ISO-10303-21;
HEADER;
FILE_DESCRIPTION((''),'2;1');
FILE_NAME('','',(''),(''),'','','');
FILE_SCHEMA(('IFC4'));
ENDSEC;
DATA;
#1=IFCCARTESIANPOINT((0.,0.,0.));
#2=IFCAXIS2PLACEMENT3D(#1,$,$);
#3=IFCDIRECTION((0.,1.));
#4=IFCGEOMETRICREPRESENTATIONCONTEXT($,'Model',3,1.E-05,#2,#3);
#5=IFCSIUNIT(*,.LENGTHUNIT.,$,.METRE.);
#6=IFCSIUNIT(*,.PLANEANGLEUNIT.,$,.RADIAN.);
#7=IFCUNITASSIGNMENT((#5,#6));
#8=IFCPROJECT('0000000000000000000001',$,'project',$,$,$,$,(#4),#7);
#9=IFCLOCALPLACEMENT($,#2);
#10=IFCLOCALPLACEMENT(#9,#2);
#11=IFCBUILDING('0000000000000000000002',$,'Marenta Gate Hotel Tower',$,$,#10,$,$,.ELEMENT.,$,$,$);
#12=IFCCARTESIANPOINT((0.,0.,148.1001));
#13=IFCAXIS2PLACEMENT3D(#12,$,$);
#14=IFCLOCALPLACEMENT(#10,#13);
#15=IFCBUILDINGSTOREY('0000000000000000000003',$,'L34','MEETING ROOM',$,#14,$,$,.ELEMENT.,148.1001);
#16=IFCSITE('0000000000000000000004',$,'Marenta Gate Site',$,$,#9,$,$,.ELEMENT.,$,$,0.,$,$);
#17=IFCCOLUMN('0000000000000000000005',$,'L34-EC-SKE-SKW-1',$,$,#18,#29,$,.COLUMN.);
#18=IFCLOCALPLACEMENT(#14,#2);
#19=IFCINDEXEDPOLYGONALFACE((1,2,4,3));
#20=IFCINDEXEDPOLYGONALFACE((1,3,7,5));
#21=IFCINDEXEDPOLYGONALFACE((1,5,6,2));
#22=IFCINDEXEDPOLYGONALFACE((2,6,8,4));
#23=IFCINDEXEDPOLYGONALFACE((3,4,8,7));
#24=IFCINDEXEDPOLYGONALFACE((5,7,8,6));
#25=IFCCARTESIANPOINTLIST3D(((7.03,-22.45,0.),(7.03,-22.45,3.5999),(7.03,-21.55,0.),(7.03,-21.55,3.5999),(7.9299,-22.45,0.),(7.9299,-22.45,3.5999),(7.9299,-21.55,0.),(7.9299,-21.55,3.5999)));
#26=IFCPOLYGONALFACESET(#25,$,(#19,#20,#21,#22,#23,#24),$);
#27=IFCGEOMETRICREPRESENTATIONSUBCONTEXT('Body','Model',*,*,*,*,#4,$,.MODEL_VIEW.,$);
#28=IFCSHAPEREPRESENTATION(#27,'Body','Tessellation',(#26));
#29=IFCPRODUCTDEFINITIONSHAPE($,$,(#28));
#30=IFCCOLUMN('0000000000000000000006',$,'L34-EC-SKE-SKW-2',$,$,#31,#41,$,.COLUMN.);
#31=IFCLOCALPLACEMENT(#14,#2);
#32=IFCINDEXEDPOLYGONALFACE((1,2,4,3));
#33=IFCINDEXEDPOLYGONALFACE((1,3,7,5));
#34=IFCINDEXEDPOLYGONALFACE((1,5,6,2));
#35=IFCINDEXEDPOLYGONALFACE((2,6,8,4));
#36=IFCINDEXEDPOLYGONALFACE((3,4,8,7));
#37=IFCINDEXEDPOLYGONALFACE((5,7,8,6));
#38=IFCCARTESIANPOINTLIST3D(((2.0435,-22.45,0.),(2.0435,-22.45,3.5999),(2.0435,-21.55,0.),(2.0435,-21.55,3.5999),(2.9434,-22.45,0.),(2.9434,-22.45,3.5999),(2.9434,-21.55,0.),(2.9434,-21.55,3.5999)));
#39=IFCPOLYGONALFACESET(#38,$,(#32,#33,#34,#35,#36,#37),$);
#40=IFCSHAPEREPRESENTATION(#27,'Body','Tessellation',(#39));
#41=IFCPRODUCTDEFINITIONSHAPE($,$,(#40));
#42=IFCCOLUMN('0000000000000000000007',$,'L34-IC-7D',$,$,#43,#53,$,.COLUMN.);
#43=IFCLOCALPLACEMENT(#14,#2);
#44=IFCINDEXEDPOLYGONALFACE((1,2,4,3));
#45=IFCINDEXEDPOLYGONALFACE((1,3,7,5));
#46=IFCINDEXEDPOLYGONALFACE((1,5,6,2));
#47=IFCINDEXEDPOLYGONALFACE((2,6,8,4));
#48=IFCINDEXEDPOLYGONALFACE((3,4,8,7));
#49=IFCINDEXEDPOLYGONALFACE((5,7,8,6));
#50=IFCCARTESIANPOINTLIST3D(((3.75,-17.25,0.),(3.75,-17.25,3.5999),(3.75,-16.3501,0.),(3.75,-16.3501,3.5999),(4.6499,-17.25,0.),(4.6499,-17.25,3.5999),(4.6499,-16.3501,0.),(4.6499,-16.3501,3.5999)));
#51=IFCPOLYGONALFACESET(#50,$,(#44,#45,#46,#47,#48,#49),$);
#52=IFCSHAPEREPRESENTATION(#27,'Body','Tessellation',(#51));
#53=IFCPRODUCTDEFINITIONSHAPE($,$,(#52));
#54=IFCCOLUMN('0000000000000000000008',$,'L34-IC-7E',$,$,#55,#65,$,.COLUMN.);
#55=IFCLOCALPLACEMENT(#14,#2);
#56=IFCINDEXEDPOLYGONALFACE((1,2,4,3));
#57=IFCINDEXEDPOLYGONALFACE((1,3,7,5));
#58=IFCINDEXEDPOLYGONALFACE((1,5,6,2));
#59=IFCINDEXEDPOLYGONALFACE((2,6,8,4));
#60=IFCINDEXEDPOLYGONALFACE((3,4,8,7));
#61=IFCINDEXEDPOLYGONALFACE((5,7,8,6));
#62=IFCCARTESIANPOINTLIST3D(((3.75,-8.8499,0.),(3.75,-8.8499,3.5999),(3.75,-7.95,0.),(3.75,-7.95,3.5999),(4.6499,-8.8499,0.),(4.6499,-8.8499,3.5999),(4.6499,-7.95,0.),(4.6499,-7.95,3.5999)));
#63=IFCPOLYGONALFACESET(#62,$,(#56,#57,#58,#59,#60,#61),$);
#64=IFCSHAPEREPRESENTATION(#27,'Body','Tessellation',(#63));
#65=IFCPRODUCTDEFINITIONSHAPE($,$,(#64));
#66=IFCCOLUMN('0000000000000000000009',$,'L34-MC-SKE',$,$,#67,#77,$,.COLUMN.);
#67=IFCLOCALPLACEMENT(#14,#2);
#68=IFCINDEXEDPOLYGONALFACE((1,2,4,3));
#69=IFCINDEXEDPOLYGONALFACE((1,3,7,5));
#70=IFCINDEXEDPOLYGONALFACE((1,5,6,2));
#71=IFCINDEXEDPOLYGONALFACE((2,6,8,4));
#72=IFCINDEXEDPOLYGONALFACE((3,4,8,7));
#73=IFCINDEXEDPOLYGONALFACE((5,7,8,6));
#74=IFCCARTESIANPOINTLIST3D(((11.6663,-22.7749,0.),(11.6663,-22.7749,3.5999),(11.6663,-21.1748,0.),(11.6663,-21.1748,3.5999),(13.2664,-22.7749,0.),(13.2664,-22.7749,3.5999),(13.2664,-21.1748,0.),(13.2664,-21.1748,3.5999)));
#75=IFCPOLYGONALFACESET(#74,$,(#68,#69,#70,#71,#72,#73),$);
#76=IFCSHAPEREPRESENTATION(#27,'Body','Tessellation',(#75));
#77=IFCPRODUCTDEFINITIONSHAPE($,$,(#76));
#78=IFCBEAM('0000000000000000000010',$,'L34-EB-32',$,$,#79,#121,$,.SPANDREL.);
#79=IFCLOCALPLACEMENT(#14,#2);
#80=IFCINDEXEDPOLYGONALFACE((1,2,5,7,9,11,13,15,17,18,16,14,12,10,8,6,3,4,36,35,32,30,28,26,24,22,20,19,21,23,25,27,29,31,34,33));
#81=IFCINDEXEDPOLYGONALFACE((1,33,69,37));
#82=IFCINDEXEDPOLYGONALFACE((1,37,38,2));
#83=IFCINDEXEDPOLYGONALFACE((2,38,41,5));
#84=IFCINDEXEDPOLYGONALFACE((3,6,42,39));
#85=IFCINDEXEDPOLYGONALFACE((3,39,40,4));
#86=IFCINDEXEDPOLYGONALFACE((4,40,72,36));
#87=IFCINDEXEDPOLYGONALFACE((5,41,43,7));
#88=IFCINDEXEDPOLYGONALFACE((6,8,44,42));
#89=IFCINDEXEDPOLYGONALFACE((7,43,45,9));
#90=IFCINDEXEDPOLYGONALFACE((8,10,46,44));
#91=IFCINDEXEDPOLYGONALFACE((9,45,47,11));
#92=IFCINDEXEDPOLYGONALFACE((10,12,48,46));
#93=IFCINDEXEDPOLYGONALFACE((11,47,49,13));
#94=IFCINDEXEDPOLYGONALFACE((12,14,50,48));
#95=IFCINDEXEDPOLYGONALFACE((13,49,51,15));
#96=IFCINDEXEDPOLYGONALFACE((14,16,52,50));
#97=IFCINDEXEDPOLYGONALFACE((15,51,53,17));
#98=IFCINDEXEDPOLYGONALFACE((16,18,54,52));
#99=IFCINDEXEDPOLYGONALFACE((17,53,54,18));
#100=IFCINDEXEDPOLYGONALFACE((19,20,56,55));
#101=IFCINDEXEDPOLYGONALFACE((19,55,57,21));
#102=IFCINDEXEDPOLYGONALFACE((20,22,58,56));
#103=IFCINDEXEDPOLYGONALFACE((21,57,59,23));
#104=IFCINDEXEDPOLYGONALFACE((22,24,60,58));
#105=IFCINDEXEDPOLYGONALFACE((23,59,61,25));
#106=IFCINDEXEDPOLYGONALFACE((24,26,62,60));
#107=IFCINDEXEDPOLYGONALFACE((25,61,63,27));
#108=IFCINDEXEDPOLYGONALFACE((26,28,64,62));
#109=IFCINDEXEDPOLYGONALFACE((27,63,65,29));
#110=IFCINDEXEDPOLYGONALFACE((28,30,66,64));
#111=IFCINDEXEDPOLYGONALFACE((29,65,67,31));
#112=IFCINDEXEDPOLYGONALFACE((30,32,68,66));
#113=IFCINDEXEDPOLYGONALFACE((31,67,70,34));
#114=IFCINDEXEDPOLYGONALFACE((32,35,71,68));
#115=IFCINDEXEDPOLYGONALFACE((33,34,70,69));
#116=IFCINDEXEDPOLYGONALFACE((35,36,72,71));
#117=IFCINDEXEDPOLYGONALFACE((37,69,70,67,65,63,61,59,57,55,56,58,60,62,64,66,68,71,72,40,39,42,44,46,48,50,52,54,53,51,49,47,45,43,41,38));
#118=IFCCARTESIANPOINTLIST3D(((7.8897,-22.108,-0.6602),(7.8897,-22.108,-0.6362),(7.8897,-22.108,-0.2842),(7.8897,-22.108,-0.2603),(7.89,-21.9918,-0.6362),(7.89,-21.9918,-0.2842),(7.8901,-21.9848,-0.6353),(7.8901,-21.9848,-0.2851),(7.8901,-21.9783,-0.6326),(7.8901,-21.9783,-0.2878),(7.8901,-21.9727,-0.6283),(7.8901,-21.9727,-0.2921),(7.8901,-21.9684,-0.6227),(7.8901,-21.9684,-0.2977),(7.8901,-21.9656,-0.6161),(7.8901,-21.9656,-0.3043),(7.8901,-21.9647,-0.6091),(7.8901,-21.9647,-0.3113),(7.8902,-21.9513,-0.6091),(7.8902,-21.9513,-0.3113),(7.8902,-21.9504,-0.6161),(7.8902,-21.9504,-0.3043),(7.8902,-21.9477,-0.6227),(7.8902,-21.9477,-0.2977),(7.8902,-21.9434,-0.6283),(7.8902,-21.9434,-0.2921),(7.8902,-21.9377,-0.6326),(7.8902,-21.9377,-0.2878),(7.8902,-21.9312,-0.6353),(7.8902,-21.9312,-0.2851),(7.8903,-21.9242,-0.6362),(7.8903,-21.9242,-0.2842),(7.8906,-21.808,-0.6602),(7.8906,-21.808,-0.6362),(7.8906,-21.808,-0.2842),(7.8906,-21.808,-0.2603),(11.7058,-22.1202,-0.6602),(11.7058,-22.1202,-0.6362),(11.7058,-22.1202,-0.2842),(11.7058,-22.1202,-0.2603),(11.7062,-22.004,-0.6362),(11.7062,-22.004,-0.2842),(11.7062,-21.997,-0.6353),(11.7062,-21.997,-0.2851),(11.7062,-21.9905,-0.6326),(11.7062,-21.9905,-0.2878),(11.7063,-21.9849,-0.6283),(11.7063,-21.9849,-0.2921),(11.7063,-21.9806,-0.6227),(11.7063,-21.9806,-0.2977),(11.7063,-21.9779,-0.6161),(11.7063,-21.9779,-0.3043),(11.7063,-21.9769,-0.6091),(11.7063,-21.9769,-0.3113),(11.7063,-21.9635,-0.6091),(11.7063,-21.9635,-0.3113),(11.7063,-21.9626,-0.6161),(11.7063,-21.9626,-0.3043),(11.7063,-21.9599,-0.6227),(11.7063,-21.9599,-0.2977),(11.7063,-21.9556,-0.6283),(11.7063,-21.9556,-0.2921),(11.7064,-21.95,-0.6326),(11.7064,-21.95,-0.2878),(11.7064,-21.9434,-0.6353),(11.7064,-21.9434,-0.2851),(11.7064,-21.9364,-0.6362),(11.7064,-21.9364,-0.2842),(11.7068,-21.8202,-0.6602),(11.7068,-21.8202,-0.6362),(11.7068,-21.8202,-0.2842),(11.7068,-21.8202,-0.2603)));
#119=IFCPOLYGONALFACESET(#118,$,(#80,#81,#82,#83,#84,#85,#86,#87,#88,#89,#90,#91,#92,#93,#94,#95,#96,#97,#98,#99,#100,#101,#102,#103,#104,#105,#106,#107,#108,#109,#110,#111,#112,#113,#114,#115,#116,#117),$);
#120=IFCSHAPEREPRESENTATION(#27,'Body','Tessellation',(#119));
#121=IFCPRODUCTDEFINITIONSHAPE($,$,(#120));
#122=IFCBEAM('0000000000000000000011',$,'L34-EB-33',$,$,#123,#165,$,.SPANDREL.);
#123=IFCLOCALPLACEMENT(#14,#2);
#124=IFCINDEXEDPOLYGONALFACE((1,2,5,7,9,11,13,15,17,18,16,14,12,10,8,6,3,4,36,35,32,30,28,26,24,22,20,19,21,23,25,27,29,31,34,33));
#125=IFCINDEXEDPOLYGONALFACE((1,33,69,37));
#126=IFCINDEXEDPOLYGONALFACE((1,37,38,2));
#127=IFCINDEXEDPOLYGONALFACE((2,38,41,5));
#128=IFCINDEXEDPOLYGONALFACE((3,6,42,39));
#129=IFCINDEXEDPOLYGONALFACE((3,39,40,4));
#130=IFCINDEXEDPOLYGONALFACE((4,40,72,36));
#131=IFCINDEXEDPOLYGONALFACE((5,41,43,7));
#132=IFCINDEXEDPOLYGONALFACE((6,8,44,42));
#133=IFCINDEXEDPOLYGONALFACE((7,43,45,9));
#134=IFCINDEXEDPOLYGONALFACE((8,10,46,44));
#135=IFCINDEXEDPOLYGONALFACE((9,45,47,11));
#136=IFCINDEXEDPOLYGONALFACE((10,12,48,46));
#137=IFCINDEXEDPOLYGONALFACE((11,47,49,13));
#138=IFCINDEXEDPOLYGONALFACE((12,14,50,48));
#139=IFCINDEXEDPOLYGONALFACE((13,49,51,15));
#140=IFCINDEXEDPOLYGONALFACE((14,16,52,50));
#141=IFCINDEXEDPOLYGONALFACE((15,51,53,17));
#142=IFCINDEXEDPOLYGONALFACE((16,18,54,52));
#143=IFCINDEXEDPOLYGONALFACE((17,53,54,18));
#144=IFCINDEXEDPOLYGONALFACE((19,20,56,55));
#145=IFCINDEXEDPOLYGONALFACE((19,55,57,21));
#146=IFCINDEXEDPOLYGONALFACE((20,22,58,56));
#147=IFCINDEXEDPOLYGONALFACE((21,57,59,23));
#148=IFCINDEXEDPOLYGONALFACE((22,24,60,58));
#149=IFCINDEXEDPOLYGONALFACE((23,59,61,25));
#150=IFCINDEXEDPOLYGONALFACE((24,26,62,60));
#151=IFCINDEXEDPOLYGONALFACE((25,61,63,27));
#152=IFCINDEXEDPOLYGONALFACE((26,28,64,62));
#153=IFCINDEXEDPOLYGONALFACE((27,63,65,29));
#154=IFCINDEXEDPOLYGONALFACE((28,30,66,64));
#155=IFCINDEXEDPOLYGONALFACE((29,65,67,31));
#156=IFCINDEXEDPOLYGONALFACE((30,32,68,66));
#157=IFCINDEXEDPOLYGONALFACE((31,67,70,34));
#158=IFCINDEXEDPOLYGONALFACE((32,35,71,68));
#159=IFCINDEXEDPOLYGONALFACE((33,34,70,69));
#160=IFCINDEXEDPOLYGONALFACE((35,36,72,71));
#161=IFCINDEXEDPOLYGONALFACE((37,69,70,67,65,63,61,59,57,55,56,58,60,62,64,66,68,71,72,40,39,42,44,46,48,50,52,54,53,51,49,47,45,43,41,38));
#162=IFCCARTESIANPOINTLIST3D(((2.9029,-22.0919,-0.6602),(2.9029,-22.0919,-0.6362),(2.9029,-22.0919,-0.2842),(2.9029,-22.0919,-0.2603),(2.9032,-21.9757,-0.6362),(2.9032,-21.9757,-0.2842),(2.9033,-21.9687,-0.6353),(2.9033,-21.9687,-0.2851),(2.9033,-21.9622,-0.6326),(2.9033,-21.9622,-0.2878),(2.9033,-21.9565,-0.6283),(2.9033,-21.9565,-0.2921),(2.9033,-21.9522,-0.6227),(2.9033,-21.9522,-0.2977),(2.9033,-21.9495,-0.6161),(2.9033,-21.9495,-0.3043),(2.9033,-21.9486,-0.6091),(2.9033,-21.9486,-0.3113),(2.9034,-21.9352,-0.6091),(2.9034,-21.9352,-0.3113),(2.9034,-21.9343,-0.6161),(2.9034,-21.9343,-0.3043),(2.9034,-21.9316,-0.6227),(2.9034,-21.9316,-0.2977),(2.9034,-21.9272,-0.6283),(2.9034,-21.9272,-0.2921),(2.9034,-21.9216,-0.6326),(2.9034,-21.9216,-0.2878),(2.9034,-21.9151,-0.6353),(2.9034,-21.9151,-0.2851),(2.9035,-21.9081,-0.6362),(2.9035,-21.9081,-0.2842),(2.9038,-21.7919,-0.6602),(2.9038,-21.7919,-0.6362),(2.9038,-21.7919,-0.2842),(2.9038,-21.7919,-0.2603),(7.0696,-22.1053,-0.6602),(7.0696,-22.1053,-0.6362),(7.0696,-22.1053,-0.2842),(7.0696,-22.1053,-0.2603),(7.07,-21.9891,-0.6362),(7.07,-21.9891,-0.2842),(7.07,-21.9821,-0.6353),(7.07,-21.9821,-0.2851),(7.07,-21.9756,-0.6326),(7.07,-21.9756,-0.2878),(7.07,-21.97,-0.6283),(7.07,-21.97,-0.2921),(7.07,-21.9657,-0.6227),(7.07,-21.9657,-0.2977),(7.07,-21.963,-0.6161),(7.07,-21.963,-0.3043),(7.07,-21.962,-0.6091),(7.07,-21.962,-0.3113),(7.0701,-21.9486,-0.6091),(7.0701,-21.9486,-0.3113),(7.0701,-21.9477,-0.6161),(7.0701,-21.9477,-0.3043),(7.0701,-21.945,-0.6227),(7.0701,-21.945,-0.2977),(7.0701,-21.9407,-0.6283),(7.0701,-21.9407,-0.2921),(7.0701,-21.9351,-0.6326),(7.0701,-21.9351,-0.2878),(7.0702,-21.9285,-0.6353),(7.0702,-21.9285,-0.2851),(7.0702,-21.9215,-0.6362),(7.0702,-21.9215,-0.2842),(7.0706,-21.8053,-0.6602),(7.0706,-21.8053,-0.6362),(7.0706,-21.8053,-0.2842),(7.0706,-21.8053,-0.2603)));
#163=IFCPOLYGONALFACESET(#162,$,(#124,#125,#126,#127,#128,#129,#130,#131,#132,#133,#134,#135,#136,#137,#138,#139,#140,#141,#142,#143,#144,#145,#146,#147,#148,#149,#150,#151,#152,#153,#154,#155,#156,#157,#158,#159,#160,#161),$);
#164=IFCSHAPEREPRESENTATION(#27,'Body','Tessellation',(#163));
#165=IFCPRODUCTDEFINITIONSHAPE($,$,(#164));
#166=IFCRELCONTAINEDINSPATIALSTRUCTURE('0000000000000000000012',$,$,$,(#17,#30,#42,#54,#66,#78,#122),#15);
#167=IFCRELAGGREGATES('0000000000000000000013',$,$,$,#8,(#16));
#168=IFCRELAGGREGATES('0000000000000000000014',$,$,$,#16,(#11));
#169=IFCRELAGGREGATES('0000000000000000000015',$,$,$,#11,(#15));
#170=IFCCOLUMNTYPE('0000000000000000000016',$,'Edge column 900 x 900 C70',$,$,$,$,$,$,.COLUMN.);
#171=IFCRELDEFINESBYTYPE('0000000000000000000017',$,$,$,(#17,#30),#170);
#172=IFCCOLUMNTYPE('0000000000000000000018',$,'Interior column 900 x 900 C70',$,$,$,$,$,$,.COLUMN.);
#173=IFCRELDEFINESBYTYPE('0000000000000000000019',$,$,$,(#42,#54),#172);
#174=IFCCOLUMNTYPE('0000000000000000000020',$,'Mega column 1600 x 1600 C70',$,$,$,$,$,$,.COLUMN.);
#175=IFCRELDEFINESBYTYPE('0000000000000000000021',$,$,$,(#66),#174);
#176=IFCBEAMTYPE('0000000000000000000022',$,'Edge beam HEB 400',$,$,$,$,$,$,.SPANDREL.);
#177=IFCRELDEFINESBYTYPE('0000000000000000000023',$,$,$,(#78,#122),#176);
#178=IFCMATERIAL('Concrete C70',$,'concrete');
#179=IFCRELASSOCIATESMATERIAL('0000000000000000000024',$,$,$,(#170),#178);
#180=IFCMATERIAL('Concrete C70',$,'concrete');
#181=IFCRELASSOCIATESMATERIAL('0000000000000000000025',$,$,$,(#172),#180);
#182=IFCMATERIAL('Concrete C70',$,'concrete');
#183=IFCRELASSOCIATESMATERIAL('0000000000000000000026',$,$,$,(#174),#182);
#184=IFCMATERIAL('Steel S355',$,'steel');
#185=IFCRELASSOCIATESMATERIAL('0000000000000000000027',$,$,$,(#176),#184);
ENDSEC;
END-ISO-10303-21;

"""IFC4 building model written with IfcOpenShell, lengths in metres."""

from ifc_helpers import new_model, si_unit, direction, frame, origin, origin_2d, place, context, subcontext, project, spatial, rectangle, i_section, extrude, material, material_profile, profile_set, type_object, element, save


model = new_model("IFC4")

# Units and contexts
model_context = context("Model", 3, precision=1e-05, world=origin(), true_north=direction((0.0, 1.0)))
body_context = subcontext(model_context, "Body", "Model", "MODEL_VIEW")
ifc_project = project(units=[si_unit("LENGTHUNIT", "METRE"), si_unit("PLANEANGLEUNIT", "RADIAN")], contexts=[model_context])

# Site, building, storey
site_placement = place(None, origin())
site = spatial("IfcSite", under=ifc_project, at=site_placement, Name="Marenta Gate Site", CompositionType="ELEMENT", RefElevation=0.0)
building_placement = place(site_placement, origin())
building = spatial("IfcBuilding", under=site, at=building_placement, Name="Marenta Gate Hotel Tower", CompositionType="ELEMENT")
storey_placement = place(building_placement, frame((0.0, 0.0, 148.1001)))
storey = spatial("IfcBuildingStorey", under=building, at=storey_placement, Name="L34", Description="MEETING ROOM", CompositionType="ELEMENT", Elevation=148.1001)

# Columns
ifc_material_1 = material(Name="Concrete C70", Category="concrete")
ifc_material_profile_1 = material_profile(ifc_material_1, rectangle(XDim=0.8999, YDim=0.8999, at=origin_2d()), Name="900 x 900")
ifc_profile_set_1 = profile_set([ifc_material_profile_1], Name="Concrete C70")
column_type_1 = type_object("IfcColumnType", Name="Edge column 900 x 900 C70", PredefinedType="COLUMN", material=ifc_profile_set_1)
for number, where, z_axis, x_axis, name in (
    (1, (7.48, -22.0, 0.0), (0.0, 0.0, 1.0), (1.0, 0.0, 0.0), "L34-EC-SKE-SKW-1"),
    (2, (2.4934, -22.0, 0.0), (0.0, 0.0, 1.0), (1.0, 0.0, 0.0), "L34-EC-SKE-SKW-2"),
):
    element("IfcColumn", number, at=place(storey_placement, frame(where, z_axis=z_axis, x_axis=x_axis)), inside=storey, type_object=column_type_1, Name=name, PredefinedType="COLUMN", context=body_context, shape_type="SweptSolid", body=[
        extrude(rectangle(XDim=0.8999, YDim=0.8999, at=origin_2d()), origin(), (0.0, 0.0, 1.0), 3.5999),
    ])
ifc_material_2 = material(Name="Concrete C70", Category="concrete")
ifc_material_profile_2 = material_profile(ifc_material_2, rectangle(XDim=0.8999, YDim=0.8999, at=origin_2d()), Name="900 x 900")
ifc_profile_set_2 = profile_set([ifc_material_profile_2], Name="Concrete C70")
column_type_2 = type_object("IfcColumnType", Name="Interior column 900 x 900 C70", PredefinedType="COLUMN", material=ifc_profile_set_2)
for number, where, z_axis, x_axis, name in (
    (3, (4.2, -16.8, 0.0), (0.0, 0.0, 1.0), (1.0, 0.0, 0.0), "L34-IC-7D"),
    (4, (4.2, -8.3999, 0.0), (0.0, 0.0, 1.0), (1.0, 0.0, 0.0), "L34-IC-7E"),
):
    element("IfcColumn", number, at=place(storey_placement, frame(where, z_axis=z_axis, x_axis=x_axis)), inside=storey, type_object=column_type_2, Name=name, PredefinedType="COLUMN", context=body_context, shape_type="SweptSolid", body=[
        extrude(rectangle(XDim=0.8999, YDim=0.8999, at=origin_2d()), origin(), (0.0, 0.0, 1.0), 3.5999),
    ])
ifc_material_3 = material(Name="Concrete C70", Category="concrete")
ifc_material_profile_3 = material_profile(ifc_material_3, rectangle(XDim=1.6001, YDim=1.6001, at=origin_2d()), Name="1600 x 1600")
ifc_profile_set_3 = profile_set([ifc_material_profile_3], Name="Concrete C70")
column_type_3 = type_object("IfcColumnType", Name="Mega column 1600 x 1600 C70", PredefinedType="COLUMN", material=ifc_profile_set_3)
column_placement = place(storey_placement, frame((12.4663, -21.9749, 0.0), z_axis=(0.0, 0.0, 1.0), x_axis=(1.0, 0.0, 0.0)))
element("IfcColumn", 5, at=column_placement, inside=storey, type_object=column_type_3, Name="L34-MC-SKE", PredefinedType="COLUMN", context=body_context, shape_type="SweptSolid", body=[
    extrude(rectangle(XDim=1.6001, YDim=1.6001, at=origin_2d()), origin(), (0.0, 0.0, 1.0), 3.5999),
])

# Beams
ifc_material_4 = material(Name="Steel S355", Category="steel")
ifc_material_profile_4 = material_profile(ifc_material_4, i_section(OverallWidth=0.3, OverallDepth=0.3999, WebThickness=0.0134, FlangeThickness=0.0239, FilletRadius=0.0271, at=origin_2d()), Name="HEB 400")
ifc_profile_set_4 = profile_set([ifc_material_profile_4], Name="Steel S355")
beam_type_1 = type_object("IfcBeamType", Name="Edge beam HEB 400", PredefinedType="SPANDREL", material=ifc_profile_set_4)
beam_1_placement = place(storey_placement, frame((11.7063, -21.9702, -0.4602), z_axis=(-0.999995, 0.003199, 0.0), x_axis=(-0.003199, -0.999995, 0.0)))
element("IfcBeam", 6, at=beam_1_placement, inside=storey, type_object=beam_type_1, Name="L34-EB-32", PredefinedType="SPANDREL", context=body_context, shape_type="SweptSolid", body=[
    extrude(i_section(OverallWidth=0.3, OverallDepth=0.3999, WebThickness=0.0134, FlangeThickness=0.0239, FilletRadius=0.0271, at=origin_2d()), origin(), (0.0, 0.0, 1.0), 3.8162),
])
beam_2_placement = place(storey_placement, frame((7.0701, -21.9553, -0.4602), z_axis=(-0.999995, 0.003223, 0.0), x_axis=(-0.003223, -0.999995, 0.0)))
element("IfcBeam", 7, at=beam_2_placement, inside=storey, type_object=beam_type_1, Name="L34-EB-33", PredefinedType="SPANDREL", context=body_context, shape_type="SweptSolid", body=[
    extrude(i_section(OverallWidth=0.3, OverallDepth=0.3999, WebThickness=0.0134, FlangeThickness=0.0239, FilletRadius=0.0271, at=origin_2d()), origin(), (0.0, 0.0, 1.0), 4.1667),
])

save(model, "model.ifc")
